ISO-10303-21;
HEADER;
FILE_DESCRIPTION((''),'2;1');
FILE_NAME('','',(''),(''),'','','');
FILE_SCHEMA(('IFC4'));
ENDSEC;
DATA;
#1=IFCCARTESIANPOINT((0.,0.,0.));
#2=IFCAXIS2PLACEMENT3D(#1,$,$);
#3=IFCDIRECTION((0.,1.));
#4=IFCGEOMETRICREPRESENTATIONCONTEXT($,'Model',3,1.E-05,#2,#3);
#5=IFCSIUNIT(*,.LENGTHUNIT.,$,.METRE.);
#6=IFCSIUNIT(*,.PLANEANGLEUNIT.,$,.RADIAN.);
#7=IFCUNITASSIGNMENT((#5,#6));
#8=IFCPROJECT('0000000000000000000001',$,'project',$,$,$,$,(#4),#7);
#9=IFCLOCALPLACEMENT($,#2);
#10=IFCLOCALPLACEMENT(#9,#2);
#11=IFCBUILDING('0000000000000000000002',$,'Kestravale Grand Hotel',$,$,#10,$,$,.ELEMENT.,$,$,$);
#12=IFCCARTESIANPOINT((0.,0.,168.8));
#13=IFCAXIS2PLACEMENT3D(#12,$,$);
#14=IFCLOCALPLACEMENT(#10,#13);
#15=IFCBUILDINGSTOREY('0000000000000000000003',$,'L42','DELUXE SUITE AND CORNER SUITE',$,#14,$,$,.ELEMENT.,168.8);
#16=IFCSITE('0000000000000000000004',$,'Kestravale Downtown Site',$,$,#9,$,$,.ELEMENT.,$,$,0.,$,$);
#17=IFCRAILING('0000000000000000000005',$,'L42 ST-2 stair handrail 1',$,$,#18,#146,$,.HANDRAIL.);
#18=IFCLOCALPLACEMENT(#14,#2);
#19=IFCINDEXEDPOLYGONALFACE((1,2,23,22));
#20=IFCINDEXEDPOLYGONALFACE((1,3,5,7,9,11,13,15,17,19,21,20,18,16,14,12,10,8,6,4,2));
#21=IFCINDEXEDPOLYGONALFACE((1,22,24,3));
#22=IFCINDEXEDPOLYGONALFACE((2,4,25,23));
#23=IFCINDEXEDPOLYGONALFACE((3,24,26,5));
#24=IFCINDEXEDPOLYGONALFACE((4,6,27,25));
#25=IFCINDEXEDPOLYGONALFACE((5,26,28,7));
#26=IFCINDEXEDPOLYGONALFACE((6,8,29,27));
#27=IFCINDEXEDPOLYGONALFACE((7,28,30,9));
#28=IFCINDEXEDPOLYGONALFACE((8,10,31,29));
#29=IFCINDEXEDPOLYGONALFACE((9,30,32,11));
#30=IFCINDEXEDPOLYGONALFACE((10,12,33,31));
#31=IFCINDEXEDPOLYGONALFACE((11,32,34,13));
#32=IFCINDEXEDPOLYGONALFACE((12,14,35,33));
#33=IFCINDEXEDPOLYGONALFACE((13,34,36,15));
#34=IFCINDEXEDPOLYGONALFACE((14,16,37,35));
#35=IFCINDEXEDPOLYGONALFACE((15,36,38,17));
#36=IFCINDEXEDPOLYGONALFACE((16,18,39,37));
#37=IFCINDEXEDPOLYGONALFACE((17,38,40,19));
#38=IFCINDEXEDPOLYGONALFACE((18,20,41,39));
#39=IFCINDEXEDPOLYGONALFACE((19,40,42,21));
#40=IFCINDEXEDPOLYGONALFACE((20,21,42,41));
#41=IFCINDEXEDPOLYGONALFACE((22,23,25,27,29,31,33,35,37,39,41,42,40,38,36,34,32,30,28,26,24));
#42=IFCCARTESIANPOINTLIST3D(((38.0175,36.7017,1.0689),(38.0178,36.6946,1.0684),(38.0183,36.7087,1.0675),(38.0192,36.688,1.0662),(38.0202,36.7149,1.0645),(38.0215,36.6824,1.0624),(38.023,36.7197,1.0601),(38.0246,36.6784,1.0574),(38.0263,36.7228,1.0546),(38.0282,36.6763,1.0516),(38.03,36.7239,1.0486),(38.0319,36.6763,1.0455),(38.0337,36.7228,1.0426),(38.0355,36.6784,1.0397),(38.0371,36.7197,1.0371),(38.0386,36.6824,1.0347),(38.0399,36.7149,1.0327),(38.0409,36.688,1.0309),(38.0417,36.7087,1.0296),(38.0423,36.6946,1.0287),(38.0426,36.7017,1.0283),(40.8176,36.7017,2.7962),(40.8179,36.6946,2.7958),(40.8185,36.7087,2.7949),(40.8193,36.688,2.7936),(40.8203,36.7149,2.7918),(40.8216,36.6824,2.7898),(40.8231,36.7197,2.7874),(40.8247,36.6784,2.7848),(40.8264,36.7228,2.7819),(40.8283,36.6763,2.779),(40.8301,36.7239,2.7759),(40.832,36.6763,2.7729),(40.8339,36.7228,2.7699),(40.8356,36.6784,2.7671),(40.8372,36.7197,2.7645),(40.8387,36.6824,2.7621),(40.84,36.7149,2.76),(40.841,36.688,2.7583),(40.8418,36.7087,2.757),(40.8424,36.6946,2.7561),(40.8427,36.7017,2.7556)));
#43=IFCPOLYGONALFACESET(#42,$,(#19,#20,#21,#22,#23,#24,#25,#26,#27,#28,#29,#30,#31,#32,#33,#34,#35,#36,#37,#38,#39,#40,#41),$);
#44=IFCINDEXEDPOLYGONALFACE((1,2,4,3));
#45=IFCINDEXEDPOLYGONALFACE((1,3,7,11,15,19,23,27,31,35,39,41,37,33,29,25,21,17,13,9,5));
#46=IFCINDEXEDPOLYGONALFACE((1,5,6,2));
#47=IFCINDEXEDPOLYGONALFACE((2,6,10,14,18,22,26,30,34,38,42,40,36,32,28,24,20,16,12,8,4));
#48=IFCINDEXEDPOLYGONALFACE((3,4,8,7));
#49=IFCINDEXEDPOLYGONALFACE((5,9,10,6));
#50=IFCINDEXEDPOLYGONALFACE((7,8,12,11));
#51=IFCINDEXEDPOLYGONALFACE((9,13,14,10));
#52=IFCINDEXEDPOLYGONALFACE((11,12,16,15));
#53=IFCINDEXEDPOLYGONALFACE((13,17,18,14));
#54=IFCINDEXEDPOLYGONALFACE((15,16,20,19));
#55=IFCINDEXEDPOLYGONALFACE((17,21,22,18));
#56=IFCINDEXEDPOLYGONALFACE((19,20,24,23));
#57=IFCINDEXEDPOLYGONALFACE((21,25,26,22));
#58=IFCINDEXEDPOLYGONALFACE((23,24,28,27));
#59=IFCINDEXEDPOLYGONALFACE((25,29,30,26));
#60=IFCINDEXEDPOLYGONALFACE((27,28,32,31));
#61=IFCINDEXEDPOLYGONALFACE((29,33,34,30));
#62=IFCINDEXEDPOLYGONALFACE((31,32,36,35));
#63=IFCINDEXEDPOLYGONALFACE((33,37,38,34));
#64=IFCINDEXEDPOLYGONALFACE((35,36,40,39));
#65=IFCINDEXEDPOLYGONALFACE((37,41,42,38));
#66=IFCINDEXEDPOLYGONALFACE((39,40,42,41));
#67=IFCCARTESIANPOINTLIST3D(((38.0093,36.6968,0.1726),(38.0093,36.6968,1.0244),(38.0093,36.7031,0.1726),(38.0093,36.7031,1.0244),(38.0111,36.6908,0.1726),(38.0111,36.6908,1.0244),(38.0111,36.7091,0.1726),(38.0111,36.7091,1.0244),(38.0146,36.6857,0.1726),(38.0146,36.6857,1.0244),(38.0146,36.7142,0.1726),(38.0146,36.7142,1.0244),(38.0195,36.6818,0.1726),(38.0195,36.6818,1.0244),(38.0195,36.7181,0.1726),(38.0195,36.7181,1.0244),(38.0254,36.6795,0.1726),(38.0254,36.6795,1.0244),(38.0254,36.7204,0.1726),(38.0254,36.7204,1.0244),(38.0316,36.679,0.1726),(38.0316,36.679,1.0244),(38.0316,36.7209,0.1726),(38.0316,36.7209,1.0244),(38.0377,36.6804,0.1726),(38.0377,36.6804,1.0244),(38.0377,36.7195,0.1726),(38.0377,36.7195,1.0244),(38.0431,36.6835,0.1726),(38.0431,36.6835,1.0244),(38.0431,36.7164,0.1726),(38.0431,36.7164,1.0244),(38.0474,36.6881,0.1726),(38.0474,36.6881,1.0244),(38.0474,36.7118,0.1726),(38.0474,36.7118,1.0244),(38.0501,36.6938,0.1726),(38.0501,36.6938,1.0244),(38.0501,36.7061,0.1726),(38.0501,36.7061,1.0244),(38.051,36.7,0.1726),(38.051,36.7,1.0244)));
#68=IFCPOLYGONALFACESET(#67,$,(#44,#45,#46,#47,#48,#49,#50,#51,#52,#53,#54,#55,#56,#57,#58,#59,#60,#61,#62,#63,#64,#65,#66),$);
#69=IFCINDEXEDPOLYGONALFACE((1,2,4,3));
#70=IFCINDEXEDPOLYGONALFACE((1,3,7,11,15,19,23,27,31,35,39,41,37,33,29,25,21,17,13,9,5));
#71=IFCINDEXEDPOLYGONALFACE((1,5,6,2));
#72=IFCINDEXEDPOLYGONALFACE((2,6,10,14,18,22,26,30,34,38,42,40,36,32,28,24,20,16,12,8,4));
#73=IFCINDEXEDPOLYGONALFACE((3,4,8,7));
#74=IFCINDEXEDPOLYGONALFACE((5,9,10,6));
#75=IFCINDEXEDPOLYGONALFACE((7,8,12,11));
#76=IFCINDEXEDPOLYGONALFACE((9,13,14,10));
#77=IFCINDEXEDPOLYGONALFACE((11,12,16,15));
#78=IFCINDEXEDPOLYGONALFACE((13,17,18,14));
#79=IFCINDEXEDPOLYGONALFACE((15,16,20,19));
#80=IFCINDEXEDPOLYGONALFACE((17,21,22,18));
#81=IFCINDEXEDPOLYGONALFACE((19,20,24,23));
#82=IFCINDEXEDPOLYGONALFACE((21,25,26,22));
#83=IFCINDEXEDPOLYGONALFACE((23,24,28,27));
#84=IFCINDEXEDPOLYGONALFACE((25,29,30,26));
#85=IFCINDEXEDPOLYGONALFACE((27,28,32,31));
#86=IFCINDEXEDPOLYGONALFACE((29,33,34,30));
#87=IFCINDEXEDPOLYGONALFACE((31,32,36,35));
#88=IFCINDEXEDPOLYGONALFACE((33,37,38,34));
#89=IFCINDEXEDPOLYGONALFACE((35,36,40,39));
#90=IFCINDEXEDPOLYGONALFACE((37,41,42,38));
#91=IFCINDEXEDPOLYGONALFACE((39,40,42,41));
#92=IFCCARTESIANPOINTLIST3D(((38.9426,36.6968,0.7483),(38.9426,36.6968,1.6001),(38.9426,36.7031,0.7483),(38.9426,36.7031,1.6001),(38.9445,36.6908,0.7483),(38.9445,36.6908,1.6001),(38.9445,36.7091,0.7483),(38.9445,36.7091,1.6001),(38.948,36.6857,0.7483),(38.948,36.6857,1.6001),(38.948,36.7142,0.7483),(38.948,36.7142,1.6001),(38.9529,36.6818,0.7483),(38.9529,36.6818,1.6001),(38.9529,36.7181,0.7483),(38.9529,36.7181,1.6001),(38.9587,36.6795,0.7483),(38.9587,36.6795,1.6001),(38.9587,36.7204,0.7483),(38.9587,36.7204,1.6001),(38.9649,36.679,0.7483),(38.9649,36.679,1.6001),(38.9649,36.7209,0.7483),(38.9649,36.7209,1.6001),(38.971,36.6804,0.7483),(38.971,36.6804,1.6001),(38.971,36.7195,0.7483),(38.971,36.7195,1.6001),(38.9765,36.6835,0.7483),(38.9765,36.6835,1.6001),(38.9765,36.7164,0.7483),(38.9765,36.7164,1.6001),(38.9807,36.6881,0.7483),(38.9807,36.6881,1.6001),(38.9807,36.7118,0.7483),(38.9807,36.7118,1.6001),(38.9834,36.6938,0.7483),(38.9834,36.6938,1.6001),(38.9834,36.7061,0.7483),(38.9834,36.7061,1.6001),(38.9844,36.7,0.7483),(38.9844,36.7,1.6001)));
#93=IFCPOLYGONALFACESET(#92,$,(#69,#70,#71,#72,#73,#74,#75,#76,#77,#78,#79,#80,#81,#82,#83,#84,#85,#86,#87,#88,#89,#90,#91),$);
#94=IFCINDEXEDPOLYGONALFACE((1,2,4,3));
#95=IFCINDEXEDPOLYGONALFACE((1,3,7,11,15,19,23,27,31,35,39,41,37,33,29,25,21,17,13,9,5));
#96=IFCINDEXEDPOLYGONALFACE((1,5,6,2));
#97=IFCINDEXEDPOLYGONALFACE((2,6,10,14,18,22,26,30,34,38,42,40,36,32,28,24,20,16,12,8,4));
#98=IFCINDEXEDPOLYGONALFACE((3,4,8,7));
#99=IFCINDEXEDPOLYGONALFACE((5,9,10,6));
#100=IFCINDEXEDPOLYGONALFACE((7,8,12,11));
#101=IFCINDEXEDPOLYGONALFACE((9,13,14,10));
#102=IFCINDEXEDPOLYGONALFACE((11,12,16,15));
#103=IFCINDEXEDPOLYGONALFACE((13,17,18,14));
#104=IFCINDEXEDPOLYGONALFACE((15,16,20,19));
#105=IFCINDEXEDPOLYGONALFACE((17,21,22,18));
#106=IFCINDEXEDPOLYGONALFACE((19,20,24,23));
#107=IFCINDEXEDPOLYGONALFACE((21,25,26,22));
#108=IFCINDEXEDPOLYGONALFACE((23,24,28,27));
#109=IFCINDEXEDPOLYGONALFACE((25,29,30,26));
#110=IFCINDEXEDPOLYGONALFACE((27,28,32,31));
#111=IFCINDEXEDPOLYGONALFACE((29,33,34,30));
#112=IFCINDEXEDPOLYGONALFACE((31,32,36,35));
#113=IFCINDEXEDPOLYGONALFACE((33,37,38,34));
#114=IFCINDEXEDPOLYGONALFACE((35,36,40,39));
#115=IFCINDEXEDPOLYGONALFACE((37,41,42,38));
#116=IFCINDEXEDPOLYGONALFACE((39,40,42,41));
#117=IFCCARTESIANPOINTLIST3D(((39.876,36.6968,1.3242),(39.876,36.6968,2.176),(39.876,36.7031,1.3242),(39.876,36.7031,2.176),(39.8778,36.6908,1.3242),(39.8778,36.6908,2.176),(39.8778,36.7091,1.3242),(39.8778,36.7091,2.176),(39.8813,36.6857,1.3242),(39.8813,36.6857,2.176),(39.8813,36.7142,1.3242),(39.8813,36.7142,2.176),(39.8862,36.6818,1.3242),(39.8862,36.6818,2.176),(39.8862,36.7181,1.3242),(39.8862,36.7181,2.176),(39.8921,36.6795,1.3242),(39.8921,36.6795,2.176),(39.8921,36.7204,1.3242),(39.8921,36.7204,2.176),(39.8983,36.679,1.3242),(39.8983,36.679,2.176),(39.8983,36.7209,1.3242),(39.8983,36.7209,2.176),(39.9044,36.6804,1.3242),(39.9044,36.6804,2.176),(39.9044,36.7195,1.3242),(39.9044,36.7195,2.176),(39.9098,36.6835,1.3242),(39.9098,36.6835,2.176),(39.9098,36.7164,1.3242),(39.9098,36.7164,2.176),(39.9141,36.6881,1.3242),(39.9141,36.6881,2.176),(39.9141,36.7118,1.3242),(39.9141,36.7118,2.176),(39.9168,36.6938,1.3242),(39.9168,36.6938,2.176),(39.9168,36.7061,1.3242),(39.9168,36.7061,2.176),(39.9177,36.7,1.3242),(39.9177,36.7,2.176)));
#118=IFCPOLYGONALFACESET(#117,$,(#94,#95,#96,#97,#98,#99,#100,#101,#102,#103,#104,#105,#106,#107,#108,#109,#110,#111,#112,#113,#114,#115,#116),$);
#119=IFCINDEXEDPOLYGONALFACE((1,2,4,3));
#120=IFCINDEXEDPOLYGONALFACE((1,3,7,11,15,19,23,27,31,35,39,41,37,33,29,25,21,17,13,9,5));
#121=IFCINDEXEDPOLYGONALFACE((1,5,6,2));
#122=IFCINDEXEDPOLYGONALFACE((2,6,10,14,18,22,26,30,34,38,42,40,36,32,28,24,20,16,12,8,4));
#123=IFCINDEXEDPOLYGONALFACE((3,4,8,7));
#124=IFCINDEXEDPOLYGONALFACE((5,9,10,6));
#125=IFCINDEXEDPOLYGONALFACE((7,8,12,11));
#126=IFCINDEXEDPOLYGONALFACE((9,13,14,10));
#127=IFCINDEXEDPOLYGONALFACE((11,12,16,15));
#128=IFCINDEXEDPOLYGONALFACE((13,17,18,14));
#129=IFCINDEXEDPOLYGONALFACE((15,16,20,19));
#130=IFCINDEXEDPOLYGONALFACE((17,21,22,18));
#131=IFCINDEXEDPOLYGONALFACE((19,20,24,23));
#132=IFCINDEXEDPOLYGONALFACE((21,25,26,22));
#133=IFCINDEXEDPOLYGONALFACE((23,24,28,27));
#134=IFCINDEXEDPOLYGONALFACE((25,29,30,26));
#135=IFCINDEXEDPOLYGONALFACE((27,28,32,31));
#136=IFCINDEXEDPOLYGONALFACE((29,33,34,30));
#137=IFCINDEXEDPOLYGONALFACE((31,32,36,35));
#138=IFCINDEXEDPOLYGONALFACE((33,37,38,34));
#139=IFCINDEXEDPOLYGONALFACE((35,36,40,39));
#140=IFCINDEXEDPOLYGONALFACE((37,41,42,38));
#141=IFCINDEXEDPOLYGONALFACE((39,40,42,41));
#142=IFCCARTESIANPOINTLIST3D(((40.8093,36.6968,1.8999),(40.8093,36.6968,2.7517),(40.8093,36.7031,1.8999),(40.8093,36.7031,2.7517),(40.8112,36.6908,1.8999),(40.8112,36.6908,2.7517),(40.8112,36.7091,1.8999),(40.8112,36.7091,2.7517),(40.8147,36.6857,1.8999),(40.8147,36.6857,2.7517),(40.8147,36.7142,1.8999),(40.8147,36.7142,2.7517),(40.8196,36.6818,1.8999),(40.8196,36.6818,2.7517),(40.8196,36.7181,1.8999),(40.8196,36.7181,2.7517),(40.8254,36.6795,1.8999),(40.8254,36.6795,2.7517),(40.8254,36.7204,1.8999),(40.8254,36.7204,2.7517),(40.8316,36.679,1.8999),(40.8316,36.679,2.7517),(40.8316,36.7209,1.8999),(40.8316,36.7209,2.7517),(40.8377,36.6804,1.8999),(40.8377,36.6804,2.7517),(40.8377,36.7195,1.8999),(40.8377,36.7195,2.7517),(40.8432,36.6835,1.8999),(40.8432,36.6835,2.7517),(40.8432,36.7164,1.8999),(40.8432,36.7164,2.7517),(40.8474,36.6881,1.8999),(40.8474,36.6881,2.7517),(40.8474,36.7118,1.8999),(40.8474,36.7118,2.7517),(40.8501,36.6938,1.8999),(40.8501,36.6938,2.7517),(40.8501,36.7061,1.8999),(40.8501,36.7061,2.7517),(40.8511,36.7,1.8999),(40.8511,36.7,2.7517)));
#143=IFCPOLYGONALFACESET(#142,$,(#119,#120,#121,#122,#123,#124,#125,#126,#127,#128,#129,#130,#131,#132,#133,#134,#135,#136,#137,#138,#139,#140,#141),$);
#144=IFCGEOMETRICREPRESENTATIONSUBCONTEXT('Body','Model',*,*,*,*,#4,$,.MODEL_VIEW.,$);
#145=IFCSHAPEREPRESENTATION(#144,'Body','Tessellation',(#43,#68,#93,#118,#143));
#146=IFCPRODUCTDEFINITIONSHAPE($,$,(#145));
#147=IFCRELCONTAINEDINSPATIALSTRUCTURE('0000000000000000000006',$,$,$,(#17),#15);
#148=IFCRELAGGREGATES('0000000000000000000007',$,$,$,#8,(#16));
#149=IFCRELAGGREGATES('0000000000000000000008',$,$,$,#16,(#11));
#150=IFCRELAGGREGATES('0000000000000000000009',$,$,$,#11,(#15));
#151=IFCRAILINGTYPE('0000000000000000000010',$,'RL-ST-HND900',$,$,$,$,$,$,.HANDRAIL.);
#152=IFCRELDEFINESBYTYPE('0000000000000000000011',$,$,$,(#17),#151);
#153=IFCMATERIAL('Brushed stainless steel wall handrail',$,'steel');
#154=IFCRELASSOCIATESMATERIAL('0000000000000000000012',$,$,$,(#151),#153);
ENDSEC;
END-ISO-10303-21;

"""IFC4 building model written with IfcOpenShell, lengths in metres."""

from ifc_helpers import new_model, si_unit, direction, frame, origin, origin_2d, place, context, subcontext, project, spatial, circle, extrude, material, type_object, element, save


model = new_model("IFC4")

# Units and contexts
model_context = context("Model", 3, precision=1e-05, world=origin(), true_north=direction((0.0, 1.0)))
body_context = subcontext(model_context, "Body", "Model", "MODEL_VIEW")
ifc_project = project(units=[si_unit("LENGTHUNIT", "METRE"), si_unit("PLANEANGLEUNIT", "RADIAN")], contexts=[model_context])

# Site, building, storey
site_placement = place(None, origin())
site = spatial("IfcSite", under=ifc_project, at=site_placement, Name="Kestravale Downtown Site", CompositionType="ELEMENT", RefElevation=0.0)
building_placement = place(site_placement, origin())
building = spatial("IfcBuilding", under=site, at=building_placement, Name="Kestravale Grand Hotel", CompositionType="ELEMENT")
storey_placement = place(building_placement, frame((0.0, 0.0, 168.8)))
storey = spatial("IfcBuildingStorey", under=building, at=storey_placement, Name="L42", Description="DELUXE SUITE AND CORNER SUITE", CompositionType="ELEMENT", Elevation=168.8)

# Railing
ifc_material_1 = material(Name="Brushed stainless steel wall handrail", Category="steel")
railing_type_1 = type_object("IfcRailingType", Name="RL-ST-HND900", PredefinedType="HANDRAIL", material=ifc_material_1)
railing_1_placement = place(storey_placement, frame((38.03, 36.7, 0.1726)))
element("IfcRailing", 1, at=railing_1_placement, inside=storey, type_object=railing_type_1, Name="L42 ST-2 stair handrail 1", PredefinedType="HANDRAIL", context=body_context, shape_type="SweptSolid", body=[
    extrude(circle(Radius=0.0239, at=origin_2d()), frame((0.0, 0.0, 0.876), z_axis=(0.85109, 0.0, 0.52502), x_axis=(0.0, 1.0, 0.0)), (0.0, 0.0, 1.0), 3.29),
    extrude(circle(Radius=0.021, at=origin_2d()), origin(), (0.0, 0.0, 1.0), 0.8518),
    extrude(circle(Radius=0.021, at=origin_2d()), frame((0.9333, 0.0, 0.5757)), (0.0, 0.0, 1.0), 0.8518),
    extrude(circle(Radius=0.021, at=origin_2d()), frame((1.8667, 0.0, 1.1516)), (0.0, 0.0, 1.0), 0.8518),
    extrude(circle(Radius=0.021, at=origin_2d()), frame((2.8, 0.0, 1.7273)), (0.0, 0.0, 1.0), 0.8518),
])

save(model, "model.ifc")
